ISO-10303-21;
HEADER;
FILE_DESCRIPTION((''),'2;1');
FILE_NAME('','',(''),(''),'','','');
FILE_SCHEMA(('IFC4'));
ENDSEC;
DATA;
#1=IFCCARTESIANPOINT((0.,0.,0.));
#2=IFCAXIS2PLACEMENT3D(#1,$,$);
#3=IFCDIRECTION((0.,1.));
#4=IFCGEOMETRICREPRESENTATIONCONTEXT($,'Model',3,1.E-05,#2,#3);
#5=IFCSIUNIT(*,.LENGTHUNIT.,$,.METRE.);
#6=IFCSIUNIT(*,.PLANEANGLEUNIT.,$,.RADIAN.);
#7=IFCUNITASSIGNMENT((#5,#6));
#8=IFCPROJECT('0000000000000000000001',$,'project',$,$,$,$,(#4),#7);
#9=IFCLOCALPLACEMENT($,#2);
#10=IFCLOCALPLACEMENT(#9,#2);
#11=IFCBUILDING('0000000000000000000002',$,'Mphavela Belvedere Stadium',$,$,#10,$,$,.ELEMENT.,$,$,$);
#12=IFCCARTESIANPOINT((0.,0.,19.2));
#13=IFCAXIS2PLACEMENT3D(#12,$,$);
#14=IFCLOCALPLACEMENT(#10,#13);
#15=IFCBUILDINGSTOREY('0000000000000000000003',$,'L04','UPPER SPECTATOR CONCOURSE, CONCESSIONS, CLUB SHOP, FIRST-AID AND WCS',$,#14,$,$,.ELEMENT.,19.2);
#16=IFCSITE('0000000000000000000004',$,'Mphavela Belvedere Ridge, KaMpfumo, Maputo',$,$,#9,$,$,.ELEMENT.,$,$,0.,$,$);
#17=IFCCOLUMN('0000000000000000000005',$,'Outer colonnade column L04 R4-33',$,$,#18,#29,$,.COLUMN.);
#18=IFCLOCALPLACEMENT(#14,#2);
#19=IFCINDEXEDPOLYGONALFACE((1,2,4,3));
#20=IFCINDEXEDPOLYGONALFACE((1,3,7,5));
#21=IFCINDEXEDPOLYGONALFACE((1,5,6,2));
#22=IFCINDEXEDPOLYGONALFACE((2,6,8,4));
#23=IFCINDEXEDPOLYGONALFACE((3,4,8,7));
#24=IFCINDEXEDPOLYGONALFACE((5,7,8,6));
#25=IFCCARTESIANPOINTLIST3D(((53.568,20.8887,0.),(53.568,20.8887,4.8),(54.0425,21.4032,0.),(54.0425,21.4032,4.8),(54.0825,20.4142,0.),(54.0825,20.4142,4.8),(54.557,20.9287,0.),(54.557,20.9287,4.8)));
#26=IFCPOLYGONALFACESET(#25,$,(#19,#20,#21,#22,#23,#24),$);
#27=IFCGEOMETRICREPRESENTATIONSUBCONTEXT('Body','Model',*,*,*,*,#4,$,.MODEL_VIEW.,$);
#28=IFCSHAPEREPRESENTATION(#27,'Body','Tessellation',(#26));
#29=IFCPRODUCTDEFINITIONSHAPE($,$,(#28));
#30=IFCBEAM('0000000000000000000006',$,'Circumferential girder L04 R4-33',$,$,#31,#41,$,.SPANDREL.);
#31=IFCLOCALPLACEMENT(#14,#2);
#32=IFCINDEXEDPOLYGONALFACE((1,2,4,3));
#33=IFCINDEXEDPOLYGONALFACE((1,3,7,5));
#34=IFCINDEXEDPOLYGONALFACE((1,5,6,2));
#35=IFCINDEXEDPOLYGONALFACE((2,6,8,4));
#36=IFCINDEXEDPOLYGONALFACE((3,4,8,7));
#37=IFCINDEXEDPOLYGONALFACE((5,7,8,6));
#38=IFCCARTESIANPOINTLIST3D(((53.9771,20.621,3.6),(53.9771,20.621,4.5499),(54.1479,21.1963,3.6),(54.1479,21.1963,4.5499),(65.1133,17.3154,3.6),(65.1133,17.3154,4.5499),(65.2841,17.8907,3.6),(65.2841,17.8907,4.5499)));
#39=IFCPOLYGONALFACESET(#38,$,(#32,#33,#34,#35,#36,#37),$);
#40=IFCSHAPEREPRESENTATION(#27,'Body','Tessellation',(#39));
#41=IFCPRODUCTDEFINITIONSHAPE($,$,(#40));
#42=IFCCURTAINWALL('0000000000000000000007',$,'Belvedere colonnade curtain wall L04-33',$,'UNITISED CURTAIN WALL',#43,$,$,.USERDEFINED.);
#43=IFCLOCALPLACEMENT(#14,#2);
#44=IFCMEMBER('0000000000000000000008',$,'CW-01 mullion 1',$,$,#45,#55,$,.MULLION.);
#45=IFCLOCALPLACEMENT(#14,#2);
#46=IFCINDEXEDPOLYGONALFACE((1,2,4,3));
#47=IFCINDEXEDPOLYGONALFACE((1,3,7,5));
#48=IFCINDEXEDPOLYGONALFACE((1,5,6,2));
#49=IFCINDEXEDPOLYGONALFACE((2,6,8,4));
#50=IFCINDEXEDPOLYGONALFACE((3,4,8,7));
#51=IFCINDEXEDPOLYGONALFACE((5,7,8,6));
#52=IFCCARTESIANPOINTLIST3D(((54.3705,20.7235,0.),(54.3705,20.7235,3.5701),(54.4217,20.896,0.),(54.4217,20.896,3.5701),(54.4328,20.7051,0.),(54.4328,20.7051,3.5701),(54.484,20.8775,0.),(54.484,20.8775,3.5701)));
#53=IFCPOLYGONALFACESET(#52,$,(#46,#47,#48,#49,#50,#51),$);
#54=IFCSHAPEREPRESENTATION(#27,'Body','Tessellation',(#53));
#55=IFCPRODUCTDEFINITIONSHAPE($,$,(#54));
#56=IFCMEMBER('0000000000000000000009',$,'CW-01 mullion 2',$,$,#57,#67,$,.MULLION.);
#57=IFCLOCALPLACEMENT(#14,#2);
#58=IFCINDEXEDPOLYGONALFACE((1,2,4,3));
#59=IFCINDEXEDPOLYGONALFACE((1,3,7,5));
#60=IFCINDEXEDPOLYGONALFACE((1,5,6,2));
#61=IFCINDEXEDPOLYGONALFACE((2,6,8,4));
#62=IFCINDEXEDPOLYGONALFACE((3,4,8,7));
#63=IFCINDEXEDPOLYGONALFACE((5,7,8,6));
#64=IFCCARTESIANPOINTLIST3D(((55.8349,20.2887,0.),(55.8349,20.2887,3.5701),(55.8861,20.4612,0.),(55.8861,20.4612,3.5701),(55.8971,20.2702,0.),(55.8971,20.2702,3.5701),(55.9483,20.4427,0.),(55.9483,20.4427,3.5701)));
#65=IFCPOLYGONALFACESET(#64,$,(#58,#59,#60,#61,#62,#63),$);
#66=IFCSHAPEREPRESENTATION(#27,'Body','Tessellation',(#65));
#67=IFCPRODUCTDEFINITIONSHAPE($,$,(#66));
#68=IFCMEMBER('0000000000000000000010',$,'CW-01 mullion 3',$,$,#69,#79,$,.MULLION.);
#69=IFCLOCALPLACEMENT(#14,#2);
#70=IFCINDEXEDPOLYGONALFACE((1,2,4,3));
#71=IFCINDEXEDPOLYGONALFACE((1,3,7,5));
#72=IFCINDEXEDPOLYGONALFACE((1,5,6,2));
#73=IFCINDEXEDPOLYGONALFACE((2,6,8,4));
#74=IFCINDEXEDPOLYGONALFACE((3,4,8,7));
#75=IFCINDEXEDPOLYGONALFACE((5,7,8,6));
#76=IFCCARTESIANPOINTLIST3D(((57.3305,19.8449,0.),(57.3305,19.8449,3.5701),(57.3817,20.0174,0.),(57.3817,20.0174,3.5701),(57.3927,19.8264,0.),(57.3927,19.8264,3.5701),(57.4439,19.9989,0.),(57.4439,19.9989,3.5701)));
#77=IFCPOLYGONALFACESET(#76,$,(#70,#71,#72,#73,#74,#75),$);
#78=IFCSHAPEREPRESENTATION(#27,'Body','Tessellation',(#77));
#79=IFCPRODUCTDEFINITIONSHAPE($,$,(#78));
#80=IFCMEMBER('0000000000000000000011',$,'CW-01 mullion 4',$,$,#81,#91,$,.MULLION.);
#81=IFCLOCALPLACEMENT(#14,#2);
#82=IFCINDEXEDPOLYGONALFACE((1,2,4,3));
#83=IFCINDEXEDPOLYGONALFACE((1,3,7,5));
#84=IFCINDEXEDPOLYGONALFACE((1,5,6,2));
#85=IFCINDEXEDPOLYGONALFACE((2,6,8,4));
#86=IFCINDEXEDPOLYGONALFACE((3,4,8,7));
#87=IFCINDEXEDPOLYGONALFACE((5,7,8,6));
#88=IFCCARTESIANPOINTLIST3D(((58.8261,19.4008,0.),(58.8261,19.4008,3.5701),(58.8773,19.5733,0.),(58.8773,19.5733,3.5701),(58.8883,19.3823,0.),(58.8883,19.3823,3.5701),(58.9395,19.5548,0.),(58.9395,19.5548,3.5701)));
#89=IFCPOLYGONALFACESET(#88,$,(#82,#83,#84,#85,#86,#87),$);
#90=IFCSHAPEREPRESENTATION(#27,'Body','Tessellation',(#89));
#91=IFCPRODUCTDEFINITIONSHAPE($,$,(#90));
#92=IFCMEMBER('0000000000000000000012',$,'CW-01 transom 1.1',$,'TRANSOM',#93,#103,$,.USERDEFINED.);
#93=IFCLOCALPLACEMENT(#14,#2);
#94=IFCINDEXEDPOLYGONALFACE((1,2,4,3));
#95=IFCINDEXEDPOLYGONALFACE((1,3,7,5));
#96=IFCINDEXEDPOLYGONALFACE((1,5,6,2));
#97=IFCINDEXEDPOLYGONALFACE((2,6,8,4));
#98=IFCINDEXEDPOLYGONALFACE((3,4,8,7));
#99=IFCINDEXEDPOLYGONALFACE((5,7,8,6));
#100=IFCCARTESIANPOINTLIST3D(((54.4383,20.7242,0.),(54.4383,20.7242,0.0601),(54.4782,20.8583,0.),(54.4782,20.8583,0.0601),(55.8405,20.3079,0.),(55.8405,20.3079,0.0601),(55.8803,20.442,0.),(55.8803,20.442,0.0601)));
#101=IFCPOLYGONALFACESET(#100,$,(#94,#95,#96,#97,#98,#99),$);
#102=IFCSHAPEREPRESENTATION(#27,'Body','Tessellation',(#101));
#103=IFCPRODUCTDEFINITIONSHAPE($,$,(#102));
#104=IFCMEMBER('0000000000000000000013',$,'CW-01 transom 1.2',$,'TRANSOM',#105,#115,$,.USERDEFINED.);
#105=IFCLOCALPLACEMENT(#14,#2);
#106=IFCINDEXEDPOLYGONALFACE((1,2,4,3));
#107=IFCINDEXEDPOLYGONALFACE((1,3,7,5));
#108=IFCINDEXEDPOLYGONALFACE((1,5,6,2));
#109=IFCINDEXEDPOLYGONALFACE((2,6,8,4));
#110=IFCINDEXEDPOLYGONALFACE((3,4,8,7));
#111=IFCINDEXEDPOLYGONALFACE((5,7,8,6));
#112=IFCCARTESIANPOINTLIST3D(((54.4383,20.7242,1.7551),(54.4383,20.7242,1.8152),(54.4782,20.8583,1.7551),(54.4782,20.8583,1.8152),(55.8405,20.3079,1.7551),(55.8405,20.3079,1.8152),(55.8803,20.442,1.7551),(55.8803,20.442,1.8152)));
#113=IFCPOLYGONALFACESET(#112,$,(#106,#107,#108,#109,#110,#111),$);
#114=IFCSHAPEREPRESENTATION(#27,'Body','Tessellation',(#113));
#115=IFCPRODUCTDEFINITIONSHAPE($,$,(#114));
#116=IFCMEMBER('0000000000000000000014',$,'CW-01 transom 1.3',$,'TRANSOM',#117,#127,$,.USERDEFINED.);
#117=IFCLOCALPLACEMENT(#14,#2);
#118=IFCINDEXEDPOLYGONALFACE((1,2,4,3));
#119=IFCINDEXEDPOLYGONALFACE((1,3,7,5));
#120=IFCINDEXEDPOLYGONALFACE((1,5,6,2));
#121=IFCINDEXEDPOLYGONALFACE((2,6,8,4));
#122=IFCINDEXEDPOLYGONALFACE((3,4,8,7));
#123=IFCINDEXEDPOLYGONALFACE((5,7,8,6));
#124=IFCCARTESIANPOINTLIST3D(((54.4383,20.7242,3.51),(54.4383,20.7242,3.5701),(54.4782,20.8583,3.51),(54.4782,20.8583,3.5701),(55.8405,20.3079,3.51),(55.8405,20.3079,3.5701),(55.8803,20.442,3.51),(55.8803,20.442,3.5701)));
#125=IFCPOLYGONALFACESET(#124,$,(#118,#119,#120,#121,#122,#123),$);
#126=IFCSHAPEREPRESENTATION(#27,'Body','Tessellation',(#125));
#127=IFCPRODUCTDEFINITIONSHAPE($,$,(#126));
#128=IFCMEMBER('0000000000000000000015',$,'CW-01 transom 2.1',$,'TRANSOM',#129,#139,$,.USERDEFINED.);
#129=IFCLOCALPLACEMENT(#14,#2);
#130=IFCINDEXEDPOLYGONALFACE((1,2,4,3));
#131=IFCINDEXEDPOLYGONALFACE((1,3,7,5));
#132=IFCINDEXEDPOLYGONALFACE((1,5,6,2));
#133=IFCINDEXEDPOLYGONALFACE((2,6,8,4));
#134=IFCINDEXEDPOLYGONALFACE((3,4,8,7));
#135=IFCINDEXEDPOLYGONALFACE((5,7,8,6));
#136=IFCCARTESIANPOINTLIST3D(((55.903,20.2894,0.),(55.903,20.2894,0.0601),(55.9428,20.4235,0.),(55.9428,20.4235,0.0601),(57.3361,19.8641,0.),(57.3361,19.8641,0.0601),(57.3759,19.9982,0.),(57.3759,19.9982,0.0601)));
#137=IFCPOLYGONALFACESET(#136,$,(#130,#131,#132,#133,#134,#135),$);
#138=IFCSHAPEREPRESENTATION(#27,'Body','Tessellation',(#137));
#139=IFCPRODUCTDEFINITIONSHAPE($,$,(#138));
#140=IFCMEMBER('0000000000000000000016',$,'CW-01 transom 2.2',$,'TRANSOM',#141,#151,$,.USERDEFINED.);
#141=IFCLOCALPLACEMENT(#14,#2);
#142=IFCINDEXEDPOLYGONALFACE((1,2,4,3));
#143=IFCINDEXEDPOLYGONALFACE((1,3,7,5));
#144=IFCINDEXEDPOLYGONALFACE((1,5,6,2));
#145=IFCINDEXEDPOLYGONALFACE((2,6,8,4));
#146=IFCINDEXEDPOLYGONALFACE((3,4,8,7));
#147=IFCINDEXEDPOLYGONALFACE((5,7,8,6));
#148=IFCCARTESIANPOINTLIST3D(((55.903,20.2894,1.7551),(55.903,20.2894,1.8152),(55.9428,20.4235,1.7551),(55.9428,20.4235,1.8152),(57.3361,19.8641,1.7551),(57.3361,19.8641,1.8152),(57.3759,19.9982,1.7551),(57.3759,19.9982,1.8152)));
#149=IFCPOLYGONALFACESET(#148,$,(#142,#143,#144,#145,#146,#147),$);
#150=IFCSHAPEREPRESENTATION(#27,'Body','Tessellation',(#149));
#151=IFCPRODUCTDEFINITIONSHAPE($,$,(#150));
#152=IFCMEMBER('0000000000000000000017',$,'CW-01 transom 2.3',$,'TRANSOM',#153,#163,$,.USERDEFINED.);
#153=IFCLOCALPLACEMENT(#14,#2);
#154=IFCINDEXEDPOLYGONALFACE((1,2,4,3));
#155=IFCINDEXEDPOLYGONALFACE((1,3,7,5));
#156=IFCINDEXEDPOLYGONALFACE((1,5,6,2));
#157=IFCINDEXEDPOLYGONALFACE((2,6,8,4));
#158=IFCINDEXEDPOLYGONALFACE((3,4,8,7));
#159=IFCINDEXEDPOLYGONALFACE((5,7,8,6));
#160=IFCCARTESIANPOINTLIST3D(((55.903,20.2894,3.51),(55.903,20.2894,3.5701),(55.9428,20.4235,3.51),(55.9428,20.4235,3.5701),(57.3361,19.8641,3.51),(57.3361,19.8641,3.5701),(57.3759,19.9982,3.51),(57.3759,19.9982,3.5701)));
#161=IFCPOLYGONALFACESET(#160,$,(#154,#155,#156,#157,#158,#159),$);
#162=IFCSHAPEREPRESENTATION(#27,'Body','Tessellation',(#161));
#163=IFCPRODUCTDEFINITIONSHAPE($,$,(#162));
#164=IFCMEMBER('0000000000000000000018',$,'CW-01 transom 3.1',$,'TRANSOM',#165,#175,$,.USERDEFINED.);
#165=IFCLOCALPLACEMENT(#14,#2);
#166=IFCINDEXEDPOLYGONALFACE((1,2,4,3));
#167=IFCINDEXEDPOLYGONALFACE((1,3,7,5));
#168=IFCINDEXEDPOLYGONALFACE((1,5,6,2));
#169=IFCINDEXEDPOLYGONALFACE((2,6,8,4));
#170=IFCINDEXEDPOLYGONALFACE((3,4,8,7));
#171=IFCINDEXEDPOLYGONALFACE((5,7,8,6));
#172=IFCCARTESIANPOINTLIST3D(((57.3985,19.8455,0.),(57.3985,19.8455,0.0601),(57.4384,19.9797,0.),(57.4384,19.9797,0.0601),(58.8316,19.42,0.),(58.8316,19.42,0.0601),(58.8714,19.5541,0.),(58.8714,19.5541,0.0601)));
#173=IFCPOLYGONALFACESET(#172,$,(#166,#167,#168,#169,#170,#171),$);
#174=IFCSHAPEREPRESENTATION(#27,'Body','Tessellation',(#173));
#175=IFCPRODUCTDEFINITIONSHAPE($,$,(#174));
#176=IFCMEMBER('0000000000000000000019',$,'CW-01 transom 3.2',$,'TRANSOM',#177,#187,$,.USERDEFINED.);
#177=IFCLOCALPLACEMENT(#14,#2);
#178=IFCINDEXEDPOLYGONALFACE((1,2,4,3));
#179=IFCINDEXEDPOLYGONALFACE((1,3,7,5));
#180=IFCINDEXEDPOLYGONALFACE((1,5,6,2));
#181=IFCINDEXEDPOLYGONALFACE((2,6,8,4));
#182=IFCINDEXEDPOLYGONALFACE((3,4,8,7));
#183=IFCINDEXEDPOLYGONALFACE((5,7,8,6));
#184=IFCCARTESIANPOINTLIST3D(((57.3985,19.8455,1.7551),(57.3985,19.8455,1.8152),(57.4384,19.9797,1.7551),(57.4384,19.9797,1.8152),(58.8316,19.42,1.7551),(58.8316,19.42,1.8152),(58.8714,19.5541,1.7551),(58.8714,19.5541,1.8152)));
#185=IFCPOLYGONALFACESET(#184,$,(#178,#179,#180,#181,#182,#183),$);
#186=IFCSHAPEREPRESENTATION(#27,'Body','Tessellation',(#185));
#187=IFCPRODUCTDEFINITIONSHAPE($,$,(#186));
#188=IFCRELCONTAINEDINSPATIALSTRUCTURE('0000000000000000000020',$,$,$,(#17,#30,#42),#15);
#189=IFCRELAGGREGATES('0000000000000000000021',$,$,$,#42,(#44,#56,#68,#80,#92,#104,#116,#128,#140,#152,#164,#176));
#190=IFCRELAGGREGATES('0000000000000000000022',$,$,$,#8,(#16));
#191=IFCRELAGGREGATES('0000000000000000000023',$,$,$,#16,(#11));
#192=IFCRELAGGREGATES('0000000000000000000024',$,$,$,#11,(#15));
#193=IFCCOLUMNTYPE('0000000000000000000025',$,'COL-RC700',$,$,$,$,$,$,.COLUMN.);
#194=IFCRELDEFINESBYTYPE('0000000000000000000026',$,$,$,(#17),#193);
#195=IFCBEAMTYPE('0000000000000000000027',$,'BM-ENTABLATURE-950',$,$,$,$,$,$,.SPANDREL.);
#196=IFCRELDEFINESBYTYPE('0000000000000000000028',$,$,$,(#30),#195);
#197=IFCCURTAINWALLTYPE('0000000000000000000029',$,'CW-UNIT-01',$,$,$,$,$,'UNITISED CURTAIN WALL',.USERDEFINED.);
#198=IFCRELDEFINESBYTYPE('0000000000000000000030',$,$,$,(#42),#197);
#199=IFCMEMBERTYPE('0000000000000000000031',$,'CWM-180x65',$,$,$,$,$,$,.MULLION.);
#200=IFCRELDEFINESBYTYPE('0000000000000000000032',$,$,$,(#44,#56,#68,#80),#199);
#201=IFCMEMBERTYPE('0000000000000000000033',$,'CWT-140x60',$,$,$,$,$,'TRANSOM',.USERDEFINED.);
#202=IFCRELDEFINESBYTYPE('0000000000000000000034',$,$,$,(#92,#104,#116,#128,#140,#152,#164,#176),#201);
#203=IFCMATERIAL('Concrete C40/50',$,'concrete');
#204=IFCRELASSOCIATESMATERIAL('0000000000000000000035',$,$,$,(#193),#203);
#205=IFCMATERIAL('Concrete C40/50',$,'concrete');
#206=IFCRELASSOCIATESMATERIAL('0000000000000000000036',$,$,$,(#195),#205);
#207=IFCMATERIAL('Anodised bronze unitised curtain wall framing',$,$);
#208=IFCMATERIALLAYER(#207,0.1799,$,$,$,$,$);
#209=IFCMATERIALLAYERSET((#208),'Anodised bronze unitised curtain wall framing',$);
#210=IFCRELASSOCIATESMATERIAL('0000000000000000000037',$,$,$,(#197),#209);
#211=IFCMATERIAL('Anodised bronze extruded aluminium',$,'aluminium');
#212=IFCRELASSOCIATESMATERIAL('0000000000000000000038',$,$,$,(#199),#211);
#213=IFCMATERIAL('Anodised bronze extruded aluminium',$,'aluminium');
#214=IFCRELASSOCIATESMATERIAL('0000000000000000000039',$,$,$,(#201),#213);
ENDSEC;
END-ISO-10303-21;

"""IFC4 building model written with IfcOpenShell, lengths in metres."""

from ifc_helpers import new_model, si_unit, direction, frame, origin, origin_2d, place, context, subcontext, project, spatial, rectangle, extrude, material, layer, layer_set, material_profile, profile_set, type_object, element, aggregate, save


model = new_model("IFC4")

# Units and contexts
model_context = context("Model", 3, precision=1e-05, world=origin(), true_north=direction((0.0, 1.0)))
body_context = subcontext(model_context, "Body", "Model", "MODEL_VIEW")
ifc_project = project(units=[si_unit("LENGTHUNIT", "METRE"), si_unit("PLANEANGLEUNIT", "RADIAN")], contexts=[model_context])

# Site, building, storey
site_placement = place(None, origin())
site = spatial("IfcSite", under=ifc_project, at=site_placement, Name="Mphavela Belvedere Ridge, KaMpfumo, Maputo", CompositionType="ELEMENT", RefElevation=0.0)
building_placement = place(site_placement, origin())
building = spatial("IfcBuilding", under=site, at=building_placement, Name="Mphavela Belvedere Stadium", CompositionType="ELEMENT")
storey_placement = place(building_placement, frame((0.0, 0.0, 19.2)))
storey = spatial("IfcBuildingStorey", under=building, at=storey_placement, Name="L04", Description="UPPER SPECTATOR CONCOURSE, CONCESSIONS, CLUB SHOP, FIRST-AID AND WCS", CompositionType="ELEMENT", Elevation=19.2)

# Column
ifc_material_1 = material(Name="Concrete C40/50", Category="concrete")
ifc_material_profile_1 = material_profile(ifc_material_1, rectangle(XDim=0.7, YDim=0.7, at=origin_2d()), Name="RC 700x700")
ifc_profile_set_1 = profile_set([ifc_material_profile_1], Name="Concrete C40/50")
column_type = type_object("IfcColumnType", Name="COL-RC700", PredefinedType="COLUMN", material=ifc_profile_set_1)
column_placement = place(storey_placement, frame((54.0625, 20.9087, 0.0), z_axis=(0.0, 0.0, 1.0), x_axis=(-0.677903, -0.735151, 0.0)))
element("IfcColumn", 1, at=column_placement, inside=storey, type_object=column_type, Name="Outer colonnade column L04 R4-33", PredefinedType="COLUMN", context=body_context, shape_type="SweptSolid", body=[
    extrude(rectangle(XDim=0.7, YDim=0.7, at=origin_2d()), origin(), (0.0, 0.0, 1.0), 4.8),
])

# Beam
ifc_material_2 = material(Name="Concrete C40/50", Category="concrete")
ifc_material_profile_2 = material_profile(ifc_material_2, rectangle(XDim=0.6001, YDim=0.95, at=origin_2d()), Name="RC 600x950")
ifc_profile_set_2 = profile_set([ifc_material_profile_2], Name="Concrete C40/50")
beam_type = type_object("IfcBeamType", Name="BM-ENTABLATURE-950", PredefinedType="SPANDREL", material=ifc_profile_set_2)
beam_placement = place(storey_placement, frame((54.0625, 20.9087, 4.075), z_axis=(0.958656, -0.284566, 0.0), x_axis=(0.284566, 0.958656, 0.0)))
element("IfcBeam", 2, at=beam_placement, inside=storey, type_object=beam_type, Name="Circumferential girder L04 R4-33", PredefinedType="SPANDREL", context=body_context, shape_type="SweptSolid", body=[
    extrude(rectangle(XDim=0.6001, YDim=0.95, at=origin_2d()), origin(), (0.0, 0.0, 1.0), 11.6165),
])

# Curtain wall, members
ifc_material_3 = material(Name="Anodised bronze unitised curtain wall framing")
ifc_layer_1 = layer(ifc_material_3, 0.1799)
ifc_layer_set_1 = layer_set([ifc_layer_1], Name="Anodised bronze unitised curtain wall framing")
curtain_wall_type = type_object("IfcCurtainWallType", Name="CW-UNIT-01", ElementType="UNITISED CURTAIN WALL", PredefinedType="USERDEFINED", material=ifc_layer_set_1)
curtain_wall_placement = place(storey_placement, origin())
curtain_wall = element("IfcCurtainWall", 3, at=curtain_wall_placement, inside=storey, type_object=curtain_wall_type, Name="Belvedere colonnade curtain wall L04-33", ObjectType="UNITISED CURTAIN WALL", PredefinedType="USERDEFINED")
ifc_material_4 = material(Name="Anodised bronze extruded aluminium", Category="aluminium")
ifc_material_profile_3 = material_profile(ifc_material_4, rectangle(XDim=0.1799, YDim=0.0649, at=origin_2d()), Name="CW-MUL 180x65")
ifc_profile_set_3 = profile_set([ifc_material_profile_3], Name="Anodised bronze extruded aluminium")
member_type_1 = type_object("IfcMemberType", Name="CWM-180x65", PredefinedType="MULLION", material=ifc_profile_set_3)
member_1_placement = place(storey_placement, frame((54.4272, 20.8005, 0.0), z_axis=(0.0, 0.0, 1.0), x_axis=(0.284561, 0.958658, 0.0)))
member_1 = element("IfcMember", 4, at=member_1_placement, type_object=member_type_1, Name="CW-01 mullion 1", PredefinedType="MULLION", context=body_context, shape_type="SweptSolid", body=[
    extrude(rectangle(XDim=0.1799, YDim=0.0649, at=origin_2d()), origin(), (0.0, 0.0, 1.0), 3.5701),
])
member_2_placement = place(storey_placement, frame((55.8916, 20.3657, 0.0), z_axis=(0.0, 0.0, 1.0), x_axis=(0.284561, 0.958658, 0.0)))
member_2 = element("IfcMember", 5, at=member_2_placement, type_object=member_type_1, Name="CW-01 mullion 2", PredefinedType="MULLION", context=body_context, shape_type="SweptSolid", body=[
    extrude(rectangle(XDim=0.1799, YDim=0.0649, at=origin_2d()), origin(), (0.0, 0.0, 1.0), 3.5701),
])
member_3_placement = place(storey_placement, frame((57.3872, 19.9219, 0.0), z_axis=(0.0, 0.0, 1.0), x_axis=(0.284561, 0.958658, 0.0)))
member_3 = element("IfcMember", 6, at=member_3_placement, type_object=member_type_1, Name="CW-01 mullion 3", PredefinedType="MULLION", context=body_context, shape_type="SweptSolid", body=[
    extrude(rectangle(XDim=0.1799, YDim=0.0649, at=origin_2d()), origin(), (0.0, 0.0, 1.0), 3.5701),
])
member_4_placement = place(storey_placement, frame((58.8828, 19.4778, 0.0), z_axis=(0.0, 0.0, 1.0), x_axis=(0.284561, 0.958658, 0.0)))
member_4 = element("IfcMember", 7, at=member_4_placement, type_object=member_type_1, Name="CW-01 mullion 4", PredefinedType="MULLION", context=body_context, shape_type="SweptSolid", body=[
    extrude(rectangle(XDim=0.1799, YDim=0.0649, at=origin_2d()), origin(), (0.0, 0.0, 1.0), 3.5701),
])
ifc_material_5 = material(Name="Anodised bronze extruded aluminium", Category="aluminium")
ifc_material_profile_4 = material_profile(ifc_material_5, rectangle(XDim=0.1399, YDim=0.0601, at=origin_2d()), Name="CW-TRN 140x60")
ifc_profile_set_4 = profile_set([ifc_material_profile_4], Name="Anodised bronze extruded aluminium")
member_type_2 = type_object("IfcMemberType", Name="CWT-140x60", ElementType="TRANSOM", PredefinedType="USERDEFINED", material=ifc_profile_set_4)
member_5_placement = place(storey_placement, frame((54.4583, 20.7913, 0.03), z_axis=(0.958645, -0.284605, 0.0), x_axis=(0.284605, 0.958645, 0.0)))
member_5 = element("IfcMember", 8, at=member_5_placement, type_object=member_type_2, Name="CW-01 transom 1.1", ObjectType="TRANSOM", PredefinedType="USERDEFINED", context=body_context, shape_type="SweptSolid", body=[
    extrude(rectangle(XDim=0.1399, YDim=0.0601, at=origin_2d()), origin(), (0.0, 0.0, 1.0), 1.4626),
])
member_6_placement = place(storey_placement, frame((54.4583, 20.7913, 1.7852), z_axis=(0.958645, -0.284605, 0.0), x_axis=(0.284605, 0.958645, 0.0)))
member_6 = element("IfcMember", 9, at=member_6_placement, type_object=member_type_2, Name="CW-01 transom 1.2", ObjectType="TRANSOM", PredefinedType="USERDEFINED", context=body_context, shape_type="SweptSolid", body=[
    extrude(rectangle(XDim=0.1399, YDim=0.0601, at=origin_2d()), origin(), (0.0, 0.0, 1.0), 1.4626),
])
member_7_placement = place(storey_placement, frame((54.4583, 20.7913, 3.54), z_axis=(0.958645, -0.284605, 0.0), x_axis=(0.284605, 0.958645, 0.0)))
member_7 = element("IfcMember", 10, at=member_7_placement, type_object=member_type_2, Name="CW-01 transom 1.3", ObjectType="TRANSOM", PredefinedType="USERDEFINED", context=body_context, shape_type="SweptSolid", body=[
    extrude(rectangle(XDim=0.1399, YDim=0.0601, at=origin_2d()), origin(), (0.0, 0.0, 1.0), 1.4626),
])
member_8_placement = place(storey_placement, frame((55.9229, 20.3564, 0.03), z_axis=(0.958676, -0.2845, 0.0), x_axis=(0.2845, 0.958676, 0.0)))
member_8 = element("IfcMember", 11, at=member_8_placement, type_object=member_type_2, Name="CW-01 transom 2.1", ObjectType="TRANSOM", PredefinedType="USERDEFINED", context=body_context, shape_type="SweptSolid", body=[
    extrude(rectangle(XDim=0.1399, YDim=0.0601, at=origin_2d()), origin(), (0.0, 0.0, 1.0), 1.4949),
])
member_9_placement = place(storey_placement, frame((55.9229, 20.3564, 1.7852), z_axis=(0.958676, -0.2845, 0.0), x_axis=(0.2845, 0.958676, 0.0)))
member_9 = element("IfcMember", 12, at=member_9_placement, type_object=member_type_2, Name="CW-01 transom 2.2", ObjectType="TRANSOM", PredefinedType="USERDEFINED", context=body_context, shape_type="SweptSolid", body=[
    extrude(rectangle(XDim=0.1399, YDim=0.0601, at=origin_2d()), origin(), (0.0, 0.0, 1.0), 1.4949),
])
member_10_placement = place(storey_placement, frame((55.9229, 20.3564, 3.54), z_axis=(0.958676, -0.2845, 0.0), x_axis=(0.2845, 0.958676, 0.0)))
member_10 = element("IfcMember", 13, at=member_10_placement, type_object=member_type_2, Name="CW-01 transom 2.3", ObjectType="TRANSOM", PredefinedType="USERDEFINED", context=body_context, shape_type="SweptSolid", body=[
    extrude(rectangle(XDim=0.1399, YDim=0.0601, at=origin_2d()), origin(), (0.0, 0.0, 1.0), 1.4949),
])
member_11_placement = place(storey_placement, frame((57.4185, 19.9126, 0.03), z_axis=(0.958632, -0.28465, 0.0), x_axis=(0.28465, 0.958632, 0.0)))
member_11 = element("IfcMember", 14, at=member_11_placement, type_object=member_type_2, Name="CW-01 transom 3.1", ObjectType="TRANSOM", PredefinedType="USERDEFINED", context=body_context, shape_type="SweptSolid", body=[
    extrude(rectangle(XDim=0.1399, YDim=0.0601, at=origin_2d()), origin(), (0.0, 0.0, 1.0), 1.4949),
])
member_12_placement = place(storey_placement, frame((57.4185, 19.9126, 1.7852), z_axis=(0.958632, -0.28465, 0.0), x_axis=(0.28465, 0.958632, 0.0)))
member_12 = element("IfcMember", 15, at=member_12_placement, type_object=member_type_2, Name="CW-01 transom 3.2", ObjectType="TRANSOM", PredefinedType="USERDEFINED", context=body_context, shape_type="SweptSolid", body=[
    extrude(rectangle(XDim=0.1399, YDim=0.0601, at=origin_2d()), origin(), (0.0, 0.0, 1.0), 1.4949),
])
aggregate(curtain_wall, [member_1, member_2, member_3, member_4, member_5, member_6, member_7, member_8, member_9, member_10, member_11, member_12])

save(model, "model.ifc")
